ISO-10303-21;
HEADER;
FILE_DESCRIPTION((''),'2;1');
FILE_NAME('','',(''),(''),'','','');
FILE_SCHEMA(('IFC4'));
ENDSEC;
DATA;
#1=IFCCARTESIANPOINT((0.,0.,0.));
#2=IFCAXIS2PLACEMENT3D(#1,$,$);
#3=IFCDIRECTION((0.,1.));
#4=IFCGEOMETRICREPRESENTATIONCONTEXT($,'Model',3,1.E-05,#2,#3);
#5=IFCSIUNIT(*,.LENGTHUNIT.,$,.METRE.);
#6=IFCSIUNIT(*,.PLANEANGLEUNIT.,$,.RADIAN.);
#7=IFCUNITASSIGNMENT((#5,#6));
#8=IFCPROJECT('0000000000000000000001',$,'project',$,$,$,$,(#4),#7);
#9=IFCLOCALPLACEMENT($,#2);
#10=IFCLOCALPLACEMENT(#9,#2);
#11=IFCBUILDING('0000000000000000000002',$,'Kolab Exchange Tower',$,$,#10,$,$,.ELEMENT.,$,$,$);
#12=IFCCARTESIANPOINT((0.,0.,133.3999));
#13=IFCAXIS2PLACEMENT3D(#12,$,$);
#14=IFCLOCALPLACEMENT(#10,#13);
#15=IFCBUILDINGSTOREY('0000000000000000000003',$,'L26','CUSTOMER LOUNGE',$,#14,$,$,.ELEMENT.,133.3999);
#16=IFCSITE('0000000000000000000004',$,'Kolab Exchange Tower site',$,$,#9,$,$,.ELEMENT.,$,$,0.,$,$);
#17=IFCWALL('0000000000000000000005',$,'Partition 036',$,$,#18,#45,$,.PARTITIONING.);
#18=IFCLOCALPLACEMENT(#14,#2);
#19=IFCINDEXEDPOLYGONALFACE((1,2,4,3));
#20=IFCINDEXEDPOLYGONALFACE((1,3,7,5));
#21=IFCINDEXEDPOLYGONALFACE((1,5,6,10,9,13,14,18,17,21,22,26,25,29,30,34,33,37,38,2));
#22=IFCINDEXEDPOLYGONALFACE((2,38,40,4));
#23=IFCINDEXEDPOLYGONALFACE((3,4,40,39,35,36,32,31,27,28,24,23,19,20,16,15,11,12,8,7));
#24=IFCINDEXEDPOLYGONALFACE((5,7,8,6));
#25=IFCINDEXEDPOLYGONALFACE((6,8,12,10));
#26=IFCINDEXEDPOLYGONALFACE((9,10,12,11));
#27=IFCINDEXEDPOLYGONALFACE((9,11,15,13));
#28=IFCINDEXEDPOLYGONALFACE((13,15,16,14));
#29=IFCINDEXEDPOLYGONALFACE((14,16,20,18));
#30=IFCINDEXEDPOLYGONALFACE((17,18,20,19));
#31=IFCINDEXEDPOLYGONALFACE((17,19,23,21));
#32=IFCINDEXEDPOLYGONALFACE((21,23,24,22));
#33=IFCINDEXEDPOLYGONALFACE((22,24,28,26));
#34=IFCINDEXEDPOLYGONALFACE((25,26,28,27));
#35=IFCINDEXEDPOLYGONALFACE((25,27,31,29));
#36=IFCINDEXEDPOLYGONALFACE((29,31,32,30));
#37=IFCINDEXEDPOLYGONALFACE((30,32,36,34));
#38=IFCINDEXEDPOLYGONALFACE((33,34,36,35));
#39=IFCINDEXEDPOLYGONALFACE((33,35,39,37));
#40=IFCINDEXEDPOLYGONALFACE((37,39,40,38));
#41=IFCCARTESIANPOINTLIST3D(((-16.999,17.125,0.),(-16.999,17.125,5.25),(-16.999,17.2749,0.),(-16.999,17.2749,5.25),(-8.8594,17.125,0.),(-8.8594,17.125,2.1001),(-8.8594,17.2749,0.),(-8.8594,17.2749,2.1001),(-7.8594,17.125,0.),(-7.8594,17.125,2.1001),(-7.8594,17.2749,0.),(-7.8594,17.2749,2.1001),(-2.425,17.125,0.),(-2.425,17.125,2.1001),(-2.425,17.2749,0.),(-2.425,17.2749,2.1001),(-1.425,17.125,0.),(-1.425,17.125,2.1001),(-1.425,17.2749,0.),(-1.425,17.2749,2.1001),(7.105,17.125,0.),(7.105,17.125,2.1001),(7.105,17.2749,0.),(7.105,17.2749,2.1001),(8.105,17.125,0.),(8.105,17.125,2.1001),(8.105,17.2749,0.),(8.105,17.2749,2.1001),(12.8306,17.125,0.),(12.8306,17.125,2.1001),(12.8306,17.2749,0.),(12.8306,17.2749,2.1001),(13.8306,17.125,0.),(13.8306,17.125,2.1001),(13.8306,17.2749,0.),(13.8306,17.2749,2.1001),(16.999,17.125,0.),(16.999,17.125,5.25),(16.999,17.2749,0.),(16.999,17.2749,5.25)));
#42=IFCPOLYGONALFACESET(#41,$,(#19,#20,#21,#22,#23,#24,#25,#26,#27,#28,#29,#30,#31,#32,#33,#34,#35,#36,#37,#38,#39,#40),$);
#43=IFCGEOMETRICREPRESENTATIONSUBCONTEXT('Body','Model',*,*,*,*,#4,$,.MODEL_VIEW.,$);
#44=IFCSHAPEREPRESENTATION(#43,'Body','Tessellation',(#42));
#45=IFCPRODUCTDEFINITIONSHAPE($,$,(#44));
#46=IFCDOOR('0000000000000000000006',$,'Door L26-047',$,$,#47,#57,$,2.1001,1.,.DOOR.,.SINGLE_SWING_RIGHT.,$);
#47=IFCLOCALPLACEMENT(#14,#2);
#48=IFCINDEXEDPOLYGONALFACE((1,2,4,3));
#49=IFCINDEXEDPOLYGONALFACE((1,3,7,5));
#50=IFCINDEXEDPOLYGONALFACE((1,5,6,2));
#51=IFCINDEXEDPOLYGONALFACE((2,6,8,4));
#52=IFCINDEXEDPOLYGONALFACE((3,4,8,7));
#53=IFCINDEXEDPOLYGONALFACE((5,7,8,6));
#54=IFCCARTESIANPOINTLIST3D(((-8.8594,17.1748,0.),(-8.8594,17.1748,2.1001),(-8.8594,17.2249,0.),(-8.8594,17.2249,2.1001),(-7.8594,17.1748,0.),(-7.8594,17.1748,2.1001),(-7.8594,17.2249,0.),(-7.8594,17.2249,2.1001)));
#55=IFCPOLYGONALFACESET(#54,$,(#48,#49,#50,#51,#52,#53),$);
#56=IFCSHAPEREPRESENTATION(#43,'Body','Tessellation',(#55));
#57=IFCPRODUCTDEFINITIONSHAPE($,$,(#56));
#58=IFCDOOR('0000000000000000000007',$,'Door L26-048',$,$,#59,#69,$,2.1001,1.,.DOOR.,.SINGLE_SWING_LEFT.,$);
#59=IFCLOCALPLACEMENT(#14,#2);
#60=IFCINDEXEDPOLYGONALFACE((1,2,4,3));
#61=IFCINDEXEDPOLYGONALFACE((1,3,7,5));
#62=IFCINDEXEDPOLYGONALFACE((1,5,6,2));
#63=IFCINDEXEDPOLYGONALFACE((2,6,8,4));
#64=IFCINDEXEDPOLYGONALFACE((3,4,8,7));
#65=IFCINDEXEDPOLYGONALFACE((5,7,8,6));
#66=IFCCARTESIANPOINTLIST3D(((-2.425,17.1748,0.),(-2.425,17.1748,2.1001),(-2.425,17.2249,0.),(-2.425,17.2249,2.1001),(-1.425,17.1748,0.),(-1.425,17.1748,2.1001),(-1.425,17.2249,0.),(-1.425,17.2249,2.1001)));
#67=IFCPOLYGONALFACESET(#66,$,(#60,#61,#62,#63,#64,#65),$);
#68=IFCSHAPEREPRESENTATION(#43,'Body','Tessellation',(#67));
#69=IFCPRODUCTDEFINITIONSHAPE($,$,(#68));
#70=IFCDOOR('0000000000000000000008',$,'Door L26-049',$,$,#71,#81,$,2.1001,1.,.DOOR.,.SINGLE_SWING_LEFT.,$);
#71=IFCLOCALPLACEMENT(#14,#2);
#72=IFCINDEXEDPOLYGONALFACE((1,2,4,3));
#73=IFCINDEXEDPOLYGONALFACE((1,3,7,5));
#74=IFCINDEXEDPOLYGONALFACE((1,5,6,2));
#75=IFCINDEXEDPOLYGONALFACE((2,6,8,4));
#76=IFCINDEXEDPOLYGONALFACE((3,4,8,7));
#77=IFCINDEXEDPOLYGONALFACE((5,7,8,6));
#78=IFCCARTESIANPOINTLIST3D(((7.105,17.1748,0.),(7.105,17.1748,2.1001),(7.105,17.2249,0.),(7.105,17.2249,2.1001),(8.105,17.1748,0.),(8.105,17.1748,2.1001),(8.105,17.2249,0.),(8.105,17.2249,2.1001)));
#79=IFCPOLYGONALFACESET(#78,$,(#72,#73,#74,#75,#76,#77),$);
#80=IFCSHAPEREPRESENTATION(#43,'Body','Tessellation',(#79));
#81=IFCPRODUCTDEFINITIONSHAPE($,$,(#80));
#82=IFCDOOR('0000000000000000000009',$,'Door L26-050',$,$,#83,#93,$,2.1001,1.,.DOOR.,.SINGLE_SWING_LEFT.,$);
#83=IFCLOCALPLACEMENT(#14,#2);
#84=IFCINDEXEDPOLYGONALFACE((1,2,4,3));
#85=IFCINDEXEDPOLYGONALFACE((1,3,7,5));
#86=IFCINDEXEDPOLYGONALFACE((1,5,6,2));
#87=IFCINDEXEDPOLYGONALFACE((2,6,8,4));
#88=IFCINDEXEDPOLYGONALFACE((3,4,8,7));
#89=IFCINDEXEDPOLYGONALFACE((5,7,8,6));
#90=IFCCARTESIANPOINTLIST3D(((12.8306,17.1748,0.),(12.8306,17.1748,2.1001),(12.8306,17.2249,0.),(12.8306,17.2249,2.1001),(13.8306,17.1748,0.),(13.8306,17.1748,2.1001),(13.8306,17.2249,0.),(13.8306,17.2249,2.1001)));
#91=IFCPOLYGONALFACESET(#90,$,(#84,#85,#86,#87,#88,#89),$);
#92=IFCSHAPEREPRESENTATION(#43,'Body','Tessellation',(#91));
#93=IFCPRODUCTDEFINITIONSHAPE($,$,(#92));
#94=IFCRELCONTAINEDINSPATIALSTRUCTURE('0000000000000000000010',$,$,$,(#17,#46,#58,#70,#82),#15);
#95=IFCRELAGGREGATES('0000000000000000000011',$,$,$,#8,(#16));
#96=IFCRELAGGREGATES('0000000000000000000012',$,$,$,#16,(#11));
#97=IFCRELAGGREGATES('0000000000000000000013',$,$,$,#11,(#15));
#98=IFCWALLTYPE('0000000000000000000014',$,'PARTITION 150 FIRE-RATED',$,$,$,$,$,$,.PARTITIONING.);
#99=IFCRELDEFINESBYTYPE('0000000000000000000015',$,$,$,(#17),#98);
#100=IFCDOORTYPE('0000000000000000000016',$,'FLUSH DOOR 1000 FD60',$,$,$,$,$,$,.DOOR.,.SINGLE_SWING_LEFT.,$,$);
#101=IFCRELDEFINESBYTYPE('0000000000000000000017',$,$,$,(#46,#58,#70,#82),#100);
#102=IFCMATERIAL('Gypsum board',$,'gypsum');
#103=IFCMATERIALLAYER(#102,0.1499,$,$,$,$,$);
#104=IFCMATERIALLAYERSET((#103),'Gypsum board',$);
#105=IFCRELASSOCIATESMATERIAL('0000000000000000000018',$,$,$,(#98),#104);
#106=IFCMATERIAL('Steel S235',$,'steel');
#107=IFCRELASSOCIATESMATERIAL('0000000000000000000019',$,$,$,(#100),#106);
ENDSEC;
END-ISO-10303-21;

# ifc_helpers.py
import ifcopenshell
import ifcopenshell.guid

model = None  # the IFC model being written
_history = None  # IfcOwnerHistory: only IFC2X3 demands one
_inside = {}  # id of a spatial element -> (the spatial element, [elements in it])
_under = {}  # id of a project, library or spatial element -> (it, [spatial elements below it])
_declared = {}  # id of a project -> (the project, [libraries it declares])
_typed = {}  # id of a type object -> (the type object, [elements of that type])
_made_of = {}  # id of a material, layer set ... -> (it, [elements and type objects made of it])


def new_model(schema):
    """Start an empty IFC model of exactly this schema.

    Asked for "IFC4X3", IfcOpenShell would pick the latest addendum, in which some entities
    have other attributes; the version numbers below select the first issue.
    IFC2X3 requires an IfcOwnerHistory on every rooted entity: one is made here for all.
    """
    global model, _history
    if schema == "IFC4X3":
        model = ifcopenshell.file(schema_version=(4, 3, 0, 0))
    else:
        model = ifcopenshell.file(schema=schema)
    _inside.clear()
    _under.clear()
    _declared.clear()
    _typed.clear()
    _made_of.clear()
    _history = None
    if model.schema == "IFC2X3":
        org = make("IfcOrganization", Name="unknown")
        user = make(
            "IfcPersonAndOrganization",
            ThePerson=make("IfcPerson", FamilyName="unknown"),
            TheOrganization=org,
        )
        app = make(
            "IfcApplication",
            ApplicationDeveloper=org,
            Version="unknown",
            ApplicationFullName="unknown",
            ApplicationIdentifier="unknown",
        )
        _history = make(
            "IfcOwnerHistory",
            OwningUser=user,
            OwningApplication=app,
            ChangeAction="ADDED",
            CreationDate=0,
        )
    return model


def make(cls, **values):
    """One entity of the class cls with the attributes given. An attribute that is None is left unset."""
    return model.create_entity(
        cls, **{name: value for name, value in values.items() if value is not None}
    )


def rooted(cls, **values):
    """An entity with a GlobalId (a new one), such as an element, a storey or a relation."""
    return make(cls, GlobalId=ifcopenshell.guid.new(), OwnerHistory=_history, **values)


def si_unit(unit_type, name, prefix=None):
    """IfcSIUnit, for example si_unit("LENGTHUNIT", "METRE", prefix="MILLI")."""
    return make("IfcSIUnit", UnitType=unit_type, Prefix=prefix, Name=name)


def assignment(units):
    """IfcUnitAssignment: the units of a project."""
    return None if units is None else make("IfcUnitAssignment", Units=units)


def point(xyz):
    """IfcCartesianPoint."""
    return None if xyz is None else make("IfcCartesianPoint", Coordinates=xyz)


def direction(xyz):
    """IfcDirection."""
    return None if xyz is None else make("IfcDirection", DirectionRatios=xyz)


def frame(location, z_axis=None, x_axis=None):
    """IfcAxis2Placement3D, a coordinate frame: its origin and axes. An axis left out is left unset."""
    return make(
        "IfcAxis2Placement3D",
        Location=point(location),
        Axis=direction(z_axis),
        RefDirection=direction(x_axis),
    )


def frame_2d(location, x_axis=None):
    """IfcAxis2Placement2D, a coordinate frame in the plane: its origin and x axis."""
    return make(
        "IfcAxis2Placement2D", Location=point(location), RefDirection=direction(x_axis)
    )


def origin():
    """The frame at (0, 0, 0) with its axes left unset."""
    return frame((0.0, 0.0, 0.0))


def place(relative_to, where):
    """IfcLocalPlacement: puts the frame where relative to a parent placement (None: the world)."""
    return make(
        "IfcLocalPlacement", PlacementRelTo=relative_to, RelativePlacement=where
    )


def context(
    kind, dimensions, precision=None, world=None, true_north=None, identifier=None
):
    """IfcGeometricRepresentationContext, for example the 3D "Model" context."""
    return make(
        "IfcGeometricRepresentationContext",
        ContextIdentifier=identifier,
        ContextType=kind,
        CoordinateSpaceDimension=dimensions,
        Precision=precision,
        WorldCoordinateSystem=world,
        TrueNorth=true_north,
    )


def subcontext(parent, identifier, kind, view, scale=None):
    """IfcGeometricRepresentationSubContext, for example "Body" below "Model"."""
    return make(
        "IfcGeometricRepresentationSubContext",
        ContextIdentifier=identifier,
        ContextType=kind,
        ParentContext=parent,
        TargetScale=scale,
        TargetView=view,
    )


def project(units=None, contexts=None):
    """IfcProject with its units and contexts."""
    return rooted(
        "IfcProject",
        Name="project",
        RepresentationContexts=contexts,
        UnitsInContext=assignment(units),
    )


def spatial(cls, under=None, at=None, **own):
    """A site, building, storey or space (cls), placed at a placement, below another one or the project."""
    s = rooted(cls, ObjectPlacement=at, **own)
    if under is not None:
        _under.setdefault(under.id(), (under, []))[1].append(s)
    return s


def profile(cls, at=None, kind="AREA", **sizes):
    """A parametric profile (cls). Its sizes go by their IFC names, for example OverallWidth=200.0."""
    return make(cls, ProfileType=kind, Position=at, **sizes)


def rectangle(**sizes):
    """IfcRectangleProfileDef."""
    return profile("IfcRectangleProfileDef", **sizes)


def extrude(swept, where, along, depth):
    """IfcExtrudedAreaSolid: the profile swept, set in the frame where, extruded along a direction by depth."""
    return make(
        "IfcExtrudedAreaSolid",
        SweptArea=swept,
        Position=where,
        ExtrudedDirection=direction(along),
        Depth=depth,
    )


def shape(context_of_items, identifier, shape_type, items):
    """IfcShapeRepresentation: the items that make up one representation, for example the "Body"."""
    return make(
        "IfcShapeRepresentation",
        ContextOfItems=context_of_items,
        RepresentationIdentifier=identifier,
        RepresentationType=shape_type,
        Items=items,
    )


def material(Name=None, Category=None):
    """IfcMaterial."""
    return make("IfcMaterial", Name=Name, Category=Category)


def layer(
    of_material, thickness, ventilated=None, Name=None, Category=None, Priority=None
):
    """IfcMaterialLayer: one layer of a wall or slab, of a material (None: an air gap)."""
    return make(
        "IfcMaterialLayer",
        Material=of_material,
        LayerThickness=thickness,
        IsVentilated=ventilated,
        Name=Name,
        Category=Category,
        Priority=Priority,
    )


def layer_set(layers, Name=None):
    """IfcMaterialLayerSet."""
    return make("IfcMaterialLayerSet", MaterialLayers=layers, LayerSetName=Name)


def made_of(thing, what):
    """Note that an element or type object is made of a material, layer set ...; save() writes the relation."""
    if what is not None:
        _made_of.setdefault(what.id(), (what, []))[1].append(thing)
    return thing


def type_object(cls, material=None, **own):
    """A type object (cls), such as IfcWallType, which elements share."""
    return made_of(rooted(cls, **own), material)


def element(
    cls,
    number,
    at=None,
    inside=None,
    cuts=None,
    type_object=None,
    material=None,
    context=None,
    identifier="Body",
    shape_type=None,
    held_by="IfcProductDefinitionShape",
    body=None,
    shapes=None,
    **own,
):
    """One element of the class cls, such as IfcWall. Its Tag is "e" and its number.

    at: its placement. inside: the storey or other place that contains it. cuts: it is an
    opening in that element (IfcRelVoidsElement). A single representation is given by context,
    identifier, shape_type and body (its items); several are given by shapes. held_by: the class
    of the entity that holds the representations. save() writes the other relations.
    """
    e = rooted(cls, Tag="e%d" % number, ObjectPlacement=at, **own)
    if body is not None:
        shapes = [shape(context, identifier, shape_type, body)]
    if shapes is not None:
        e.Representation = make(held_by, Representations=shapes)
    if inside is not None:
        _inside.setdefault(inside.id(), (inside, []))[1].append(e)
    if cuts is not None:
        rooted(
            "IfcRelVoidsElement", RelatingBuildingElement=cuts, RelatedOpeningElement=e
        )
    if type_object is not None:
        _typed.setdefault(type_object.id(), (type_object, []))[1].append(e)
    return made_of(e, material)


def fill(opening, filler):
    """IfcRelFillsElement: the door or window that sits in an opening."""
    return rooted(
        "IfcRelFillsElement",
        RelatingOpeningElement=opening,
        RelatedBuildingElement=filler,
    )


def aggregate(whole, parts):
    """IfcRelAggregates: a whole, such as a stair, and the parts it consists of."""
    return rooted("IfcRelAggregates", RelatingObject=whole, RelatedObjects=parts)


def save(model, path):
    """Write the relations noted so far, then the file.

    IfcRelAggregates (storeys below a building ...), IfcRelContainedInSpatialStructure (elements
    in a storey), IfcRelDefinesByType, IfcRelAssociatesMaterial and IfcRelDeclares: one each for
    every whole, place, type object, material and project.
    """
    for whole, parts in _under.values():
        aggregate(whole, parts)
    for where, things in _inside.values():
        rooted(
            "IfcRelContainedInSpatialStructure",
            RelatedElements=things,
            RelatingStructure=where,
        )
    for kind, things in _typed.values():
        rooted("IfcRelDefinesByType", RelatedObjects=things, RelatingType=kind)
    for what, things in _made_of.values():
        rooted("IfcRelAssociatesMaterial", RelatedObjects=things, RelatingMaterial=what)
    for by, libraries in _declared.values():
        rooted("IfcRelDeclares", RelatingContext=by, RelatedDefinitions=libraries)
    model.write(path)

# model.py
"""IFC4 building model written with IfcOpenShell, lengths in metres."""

from ifc_helpers import new_model, si_unit, direction, frame, frame_2d, origin, place, context, subcontext, project, spatial, rectangle, extrude, material, layer, layer_set, type_object, element, fill, save


model = new_model("IFC4")

# Units and contexts
model_context = context("Model", 3, precision=1e-05, world=origin(), true_north=direction((0.0, 1.0)))
body_context = subcontext(model_context, "Body", "Model", "MODEL_VIEW")
ifc_project = project(units=[si_unit("LENGTHUNIT", "METRE"), si_unit("PLANEANGLEUNIT", "RADIAN")], contexts=[model_context])

# Site, building, storey
site_placement = place(None, origin())
site = spatial("IfcSite", under=ifc_project, at=site_placement, Name="Kolab Exchange Tower site", CompositionType="ELEMENT", RefElevation=0.0)
building_placement = place(site_placement, origin())
building = spatial("IfcBuilding", under=site, at=building_placement, Name="Kolab Exchange Tower", CompositionType="ELEMENT")
storey_placement = place(building_placement, frame((0.0, 0.0, 133.3999)))
storey = spatial("IfcBuildingStorey", under=building, at=storey_placement, Name="L26", Description="CUSTOMER LOUNGE", CompositionType="ELEMENT", Elevation=133.3999)

# Wall, openings, doors
ifc_material_1 = material(Name="Gypsum board", Category="gypsum")
ifc_layer_1 = layer(ifc_material_1, 0.1499)
ifc_layer_set_1 = layer_set([ifc_layer_1], Name="Gypsum board")
wall_type = type_object("IfcWallType", Name="PARTITION 150 FIRE-RATED", PredefinedType="PARTITIONING", material=ifc_layer_set_1)
wall_placement = place(storey_placement, frame((-16.999, 17.2, 0.0), z_axis=(0.0, 0.0, 1.0), x_axis=(1.0, 0.0, 0.0)))
wall = element("IfcWall", 1, at=wall_placement, inside=storey, type_object=wall_type, Name="Partition 036", PredefinedType="PARTITIONING", context=body_context, shape_type="SweptSolid", body=[
    extrude(rectangle(XDim=33.998, YDim=0.1499, at=frame_2d((16.999, 0.0))), origin(), (0.0, 0.0, 1.0), 5.25),
])
opening_1_placement = place(wall_placement, frame((8.1396, 0.0, 0.0)))
opening_1 = element("IfcOpeningElement", 2, at=opening_1_placement, cuts=wall, PredefinedType="OPENING", context=body_context, shape_type="SweptSolid", body=[
    extrude(rectangle(XDim=1.0, YDim=2.1001, at=frame_2d((0.5, 1.05))), frame((0.0, 0.085, 0.0), z_axis=(0.0, -1.0, 0.0), x_axis=(1.0, 0.0, 0.0)), (0.0, 0.0, 1.0), 0.1699),
])
opening_2_placement = place(wall_placement, frame((14.574, 0.0, 0.0)))
opening_2 = element("IfcOpeningElement", 3, at=opening_2_placement, cuts=wall, PredefinedType="OPENING", context=body_context, shape_type="SweptSolid", body=[
    extrude(rectangle(XDim=1.0, YDim=2.1001, at=frame_2d((0.5, 1.05))), frame((0.0, 0.085, 0.0), z_axis=(0.0, -1.0, 0.0), x_axis=(1.0, 0.0, 0.0)), (0.0, 0.0, 1.0), 0.1699),
])
opening_3_placement = place(wall_placement, frame((24.104, 0.0, 0.0)))
opening_3 = element("IfcOpeningElement", 4, at=opening_3_placement, cuts=wall, PredefinedType="OPENING", context=body_context, shape_type="SweptSolid", body=[
    extrude(rectangle(XDim=1.0, YDim=2.1001, at=frame_2d((0.5, 1.05))), frame((0.0, 0.085, 0.0), z_axis=(0.0, -1.0, 0.0), x_axis=(1.0, 0.0, 0.0)), (0.0, 0.0, 1.0), 0.1699),
])
opening_4_placement = place(wall_placement, frame((29.8296, 0.0, 0.0)))
opening_4 = element("IfcOpeningElement", 5, at=opening_4_placement, cuts=wall, PredefinedType="OPENING", context=body_context, shape_type="SweptSolid", body=[
    extrude(rectangle(XDim=1.0, YDim=2.1001, at=frame_2d((0.5, 1.05))), frame((0.0, 0.085, 0.0), z_axis=(0.0, -1.0, 0.0), x_axis=(1.0, 0.0, 0.0)), (0.0, 0.0, 1.0), 0.1699),
])
ifc_material_2 = material(Name="Steel S235", Category="steel")
door_type = type_object("IfcDoorType", Name="FLUSH DOOR 1000 FD60", OperationType="SINGLE_SWING_LEFT", PredefinedType="DOOR", material=ifc_material_2)
door_1_placement = place(opening_1_placement, origin())
door_1 = element("IfcDoor", 6, at=door_1_placement, inside=storey, type_object=door_type, Name="Door L26-047", OperationType="SINGLE_SWING_RIGHT", OverallHeight=2.1001, OverallWidth=1.0, PredefinedType="DOOR", context=body_context, shape_type="SweptSolid", body=[
    extrude(rectangle(XDim=1.0, YDim=2.1001, at=frame_2d((0.5, 1.05))), frame((0.0, 0.0249, 0.0), z_axis=(0.0, -1.0, 0.0), x_axis=(1.0, 0.0, 0.0)), (0.0, 0.0, 1.0), 0.05),
])
fill(opening_1, door_1)
door_2_placement = place(opening_2_placement, origin())
door_2 = element("IfcDoor", 7, at=door_2_placement, inside=storey, type_object=door_type, Name="Door L26-048", OperationType="SINGLE_SWING_LEFT", OverallHeight=2.1001, OverallWidth=1.0, PredefinedType="DOOR", context=body_context, shape_type="SweptSolid", body=[
    extrude(rectangle(XDim=1.0, YDim=2.1001, at=frame_2d((0.5, 1.05))), frame((0.0, 0.0249, 0.0), z_axis=(0.0, -1.0, 0.0), x_axis=(1.0, 0.0, 0.0)), (0.0, 0.0, 1.0), 0.05),
])
fill(opening_2, door_2)
door_3_placement = place(opening_3_placement, origin())
door_3 = element("IfcDoor", 8, at=door_3_placement, inside=storey, type_object=door_type, Name="Door L26-049", OperationType="SINGLE_SWING_LEFT", OverallHeight=2.1001, OverallWidth=1.0, PredefinedType="DOOR", context=body_context, shape_type="SweptSolid", body=[
    extrude(rectangle(XDim=1.0, YDim=2.1001, at=frame_2d((0.5, 1.05))), frame((0.0, 0.0249, 0.0), z_axis=(0.0, -1.0, 0.0), x_axis=(1.0, 0.0, 0.0)), (0.0, 0.0, 1.0), 0.05),
])
fill(opening_3, door_3)
door_4_placement = place(opening_4_placement, origin())
door_4 = element("IfcDoor", 9, at=door_4_placement, inside=storey, type_object=door_type, Name="Door L26-050", OperationType="SINGLE_SWING_LEFT", OverallHeight=2.1001, OverallWidth=1.0, PredefinedType="DOOR", context=body_context, shape_type="SweptSolid", body=[
    extrude(rectangle(XDim=1.0, YDim=2.1001, at=frame_2d((0.5, 1.05))), frame((0.0, 0.0249, 0.0), z_axis=(0.0, -1.0, 0.0), x_axis=(1.0, 0.0, 0.0)), (0.0, 0.0, 1.0), 0.05),
])
fill(opening_4, door_4)

save(model, "model.ifc")
